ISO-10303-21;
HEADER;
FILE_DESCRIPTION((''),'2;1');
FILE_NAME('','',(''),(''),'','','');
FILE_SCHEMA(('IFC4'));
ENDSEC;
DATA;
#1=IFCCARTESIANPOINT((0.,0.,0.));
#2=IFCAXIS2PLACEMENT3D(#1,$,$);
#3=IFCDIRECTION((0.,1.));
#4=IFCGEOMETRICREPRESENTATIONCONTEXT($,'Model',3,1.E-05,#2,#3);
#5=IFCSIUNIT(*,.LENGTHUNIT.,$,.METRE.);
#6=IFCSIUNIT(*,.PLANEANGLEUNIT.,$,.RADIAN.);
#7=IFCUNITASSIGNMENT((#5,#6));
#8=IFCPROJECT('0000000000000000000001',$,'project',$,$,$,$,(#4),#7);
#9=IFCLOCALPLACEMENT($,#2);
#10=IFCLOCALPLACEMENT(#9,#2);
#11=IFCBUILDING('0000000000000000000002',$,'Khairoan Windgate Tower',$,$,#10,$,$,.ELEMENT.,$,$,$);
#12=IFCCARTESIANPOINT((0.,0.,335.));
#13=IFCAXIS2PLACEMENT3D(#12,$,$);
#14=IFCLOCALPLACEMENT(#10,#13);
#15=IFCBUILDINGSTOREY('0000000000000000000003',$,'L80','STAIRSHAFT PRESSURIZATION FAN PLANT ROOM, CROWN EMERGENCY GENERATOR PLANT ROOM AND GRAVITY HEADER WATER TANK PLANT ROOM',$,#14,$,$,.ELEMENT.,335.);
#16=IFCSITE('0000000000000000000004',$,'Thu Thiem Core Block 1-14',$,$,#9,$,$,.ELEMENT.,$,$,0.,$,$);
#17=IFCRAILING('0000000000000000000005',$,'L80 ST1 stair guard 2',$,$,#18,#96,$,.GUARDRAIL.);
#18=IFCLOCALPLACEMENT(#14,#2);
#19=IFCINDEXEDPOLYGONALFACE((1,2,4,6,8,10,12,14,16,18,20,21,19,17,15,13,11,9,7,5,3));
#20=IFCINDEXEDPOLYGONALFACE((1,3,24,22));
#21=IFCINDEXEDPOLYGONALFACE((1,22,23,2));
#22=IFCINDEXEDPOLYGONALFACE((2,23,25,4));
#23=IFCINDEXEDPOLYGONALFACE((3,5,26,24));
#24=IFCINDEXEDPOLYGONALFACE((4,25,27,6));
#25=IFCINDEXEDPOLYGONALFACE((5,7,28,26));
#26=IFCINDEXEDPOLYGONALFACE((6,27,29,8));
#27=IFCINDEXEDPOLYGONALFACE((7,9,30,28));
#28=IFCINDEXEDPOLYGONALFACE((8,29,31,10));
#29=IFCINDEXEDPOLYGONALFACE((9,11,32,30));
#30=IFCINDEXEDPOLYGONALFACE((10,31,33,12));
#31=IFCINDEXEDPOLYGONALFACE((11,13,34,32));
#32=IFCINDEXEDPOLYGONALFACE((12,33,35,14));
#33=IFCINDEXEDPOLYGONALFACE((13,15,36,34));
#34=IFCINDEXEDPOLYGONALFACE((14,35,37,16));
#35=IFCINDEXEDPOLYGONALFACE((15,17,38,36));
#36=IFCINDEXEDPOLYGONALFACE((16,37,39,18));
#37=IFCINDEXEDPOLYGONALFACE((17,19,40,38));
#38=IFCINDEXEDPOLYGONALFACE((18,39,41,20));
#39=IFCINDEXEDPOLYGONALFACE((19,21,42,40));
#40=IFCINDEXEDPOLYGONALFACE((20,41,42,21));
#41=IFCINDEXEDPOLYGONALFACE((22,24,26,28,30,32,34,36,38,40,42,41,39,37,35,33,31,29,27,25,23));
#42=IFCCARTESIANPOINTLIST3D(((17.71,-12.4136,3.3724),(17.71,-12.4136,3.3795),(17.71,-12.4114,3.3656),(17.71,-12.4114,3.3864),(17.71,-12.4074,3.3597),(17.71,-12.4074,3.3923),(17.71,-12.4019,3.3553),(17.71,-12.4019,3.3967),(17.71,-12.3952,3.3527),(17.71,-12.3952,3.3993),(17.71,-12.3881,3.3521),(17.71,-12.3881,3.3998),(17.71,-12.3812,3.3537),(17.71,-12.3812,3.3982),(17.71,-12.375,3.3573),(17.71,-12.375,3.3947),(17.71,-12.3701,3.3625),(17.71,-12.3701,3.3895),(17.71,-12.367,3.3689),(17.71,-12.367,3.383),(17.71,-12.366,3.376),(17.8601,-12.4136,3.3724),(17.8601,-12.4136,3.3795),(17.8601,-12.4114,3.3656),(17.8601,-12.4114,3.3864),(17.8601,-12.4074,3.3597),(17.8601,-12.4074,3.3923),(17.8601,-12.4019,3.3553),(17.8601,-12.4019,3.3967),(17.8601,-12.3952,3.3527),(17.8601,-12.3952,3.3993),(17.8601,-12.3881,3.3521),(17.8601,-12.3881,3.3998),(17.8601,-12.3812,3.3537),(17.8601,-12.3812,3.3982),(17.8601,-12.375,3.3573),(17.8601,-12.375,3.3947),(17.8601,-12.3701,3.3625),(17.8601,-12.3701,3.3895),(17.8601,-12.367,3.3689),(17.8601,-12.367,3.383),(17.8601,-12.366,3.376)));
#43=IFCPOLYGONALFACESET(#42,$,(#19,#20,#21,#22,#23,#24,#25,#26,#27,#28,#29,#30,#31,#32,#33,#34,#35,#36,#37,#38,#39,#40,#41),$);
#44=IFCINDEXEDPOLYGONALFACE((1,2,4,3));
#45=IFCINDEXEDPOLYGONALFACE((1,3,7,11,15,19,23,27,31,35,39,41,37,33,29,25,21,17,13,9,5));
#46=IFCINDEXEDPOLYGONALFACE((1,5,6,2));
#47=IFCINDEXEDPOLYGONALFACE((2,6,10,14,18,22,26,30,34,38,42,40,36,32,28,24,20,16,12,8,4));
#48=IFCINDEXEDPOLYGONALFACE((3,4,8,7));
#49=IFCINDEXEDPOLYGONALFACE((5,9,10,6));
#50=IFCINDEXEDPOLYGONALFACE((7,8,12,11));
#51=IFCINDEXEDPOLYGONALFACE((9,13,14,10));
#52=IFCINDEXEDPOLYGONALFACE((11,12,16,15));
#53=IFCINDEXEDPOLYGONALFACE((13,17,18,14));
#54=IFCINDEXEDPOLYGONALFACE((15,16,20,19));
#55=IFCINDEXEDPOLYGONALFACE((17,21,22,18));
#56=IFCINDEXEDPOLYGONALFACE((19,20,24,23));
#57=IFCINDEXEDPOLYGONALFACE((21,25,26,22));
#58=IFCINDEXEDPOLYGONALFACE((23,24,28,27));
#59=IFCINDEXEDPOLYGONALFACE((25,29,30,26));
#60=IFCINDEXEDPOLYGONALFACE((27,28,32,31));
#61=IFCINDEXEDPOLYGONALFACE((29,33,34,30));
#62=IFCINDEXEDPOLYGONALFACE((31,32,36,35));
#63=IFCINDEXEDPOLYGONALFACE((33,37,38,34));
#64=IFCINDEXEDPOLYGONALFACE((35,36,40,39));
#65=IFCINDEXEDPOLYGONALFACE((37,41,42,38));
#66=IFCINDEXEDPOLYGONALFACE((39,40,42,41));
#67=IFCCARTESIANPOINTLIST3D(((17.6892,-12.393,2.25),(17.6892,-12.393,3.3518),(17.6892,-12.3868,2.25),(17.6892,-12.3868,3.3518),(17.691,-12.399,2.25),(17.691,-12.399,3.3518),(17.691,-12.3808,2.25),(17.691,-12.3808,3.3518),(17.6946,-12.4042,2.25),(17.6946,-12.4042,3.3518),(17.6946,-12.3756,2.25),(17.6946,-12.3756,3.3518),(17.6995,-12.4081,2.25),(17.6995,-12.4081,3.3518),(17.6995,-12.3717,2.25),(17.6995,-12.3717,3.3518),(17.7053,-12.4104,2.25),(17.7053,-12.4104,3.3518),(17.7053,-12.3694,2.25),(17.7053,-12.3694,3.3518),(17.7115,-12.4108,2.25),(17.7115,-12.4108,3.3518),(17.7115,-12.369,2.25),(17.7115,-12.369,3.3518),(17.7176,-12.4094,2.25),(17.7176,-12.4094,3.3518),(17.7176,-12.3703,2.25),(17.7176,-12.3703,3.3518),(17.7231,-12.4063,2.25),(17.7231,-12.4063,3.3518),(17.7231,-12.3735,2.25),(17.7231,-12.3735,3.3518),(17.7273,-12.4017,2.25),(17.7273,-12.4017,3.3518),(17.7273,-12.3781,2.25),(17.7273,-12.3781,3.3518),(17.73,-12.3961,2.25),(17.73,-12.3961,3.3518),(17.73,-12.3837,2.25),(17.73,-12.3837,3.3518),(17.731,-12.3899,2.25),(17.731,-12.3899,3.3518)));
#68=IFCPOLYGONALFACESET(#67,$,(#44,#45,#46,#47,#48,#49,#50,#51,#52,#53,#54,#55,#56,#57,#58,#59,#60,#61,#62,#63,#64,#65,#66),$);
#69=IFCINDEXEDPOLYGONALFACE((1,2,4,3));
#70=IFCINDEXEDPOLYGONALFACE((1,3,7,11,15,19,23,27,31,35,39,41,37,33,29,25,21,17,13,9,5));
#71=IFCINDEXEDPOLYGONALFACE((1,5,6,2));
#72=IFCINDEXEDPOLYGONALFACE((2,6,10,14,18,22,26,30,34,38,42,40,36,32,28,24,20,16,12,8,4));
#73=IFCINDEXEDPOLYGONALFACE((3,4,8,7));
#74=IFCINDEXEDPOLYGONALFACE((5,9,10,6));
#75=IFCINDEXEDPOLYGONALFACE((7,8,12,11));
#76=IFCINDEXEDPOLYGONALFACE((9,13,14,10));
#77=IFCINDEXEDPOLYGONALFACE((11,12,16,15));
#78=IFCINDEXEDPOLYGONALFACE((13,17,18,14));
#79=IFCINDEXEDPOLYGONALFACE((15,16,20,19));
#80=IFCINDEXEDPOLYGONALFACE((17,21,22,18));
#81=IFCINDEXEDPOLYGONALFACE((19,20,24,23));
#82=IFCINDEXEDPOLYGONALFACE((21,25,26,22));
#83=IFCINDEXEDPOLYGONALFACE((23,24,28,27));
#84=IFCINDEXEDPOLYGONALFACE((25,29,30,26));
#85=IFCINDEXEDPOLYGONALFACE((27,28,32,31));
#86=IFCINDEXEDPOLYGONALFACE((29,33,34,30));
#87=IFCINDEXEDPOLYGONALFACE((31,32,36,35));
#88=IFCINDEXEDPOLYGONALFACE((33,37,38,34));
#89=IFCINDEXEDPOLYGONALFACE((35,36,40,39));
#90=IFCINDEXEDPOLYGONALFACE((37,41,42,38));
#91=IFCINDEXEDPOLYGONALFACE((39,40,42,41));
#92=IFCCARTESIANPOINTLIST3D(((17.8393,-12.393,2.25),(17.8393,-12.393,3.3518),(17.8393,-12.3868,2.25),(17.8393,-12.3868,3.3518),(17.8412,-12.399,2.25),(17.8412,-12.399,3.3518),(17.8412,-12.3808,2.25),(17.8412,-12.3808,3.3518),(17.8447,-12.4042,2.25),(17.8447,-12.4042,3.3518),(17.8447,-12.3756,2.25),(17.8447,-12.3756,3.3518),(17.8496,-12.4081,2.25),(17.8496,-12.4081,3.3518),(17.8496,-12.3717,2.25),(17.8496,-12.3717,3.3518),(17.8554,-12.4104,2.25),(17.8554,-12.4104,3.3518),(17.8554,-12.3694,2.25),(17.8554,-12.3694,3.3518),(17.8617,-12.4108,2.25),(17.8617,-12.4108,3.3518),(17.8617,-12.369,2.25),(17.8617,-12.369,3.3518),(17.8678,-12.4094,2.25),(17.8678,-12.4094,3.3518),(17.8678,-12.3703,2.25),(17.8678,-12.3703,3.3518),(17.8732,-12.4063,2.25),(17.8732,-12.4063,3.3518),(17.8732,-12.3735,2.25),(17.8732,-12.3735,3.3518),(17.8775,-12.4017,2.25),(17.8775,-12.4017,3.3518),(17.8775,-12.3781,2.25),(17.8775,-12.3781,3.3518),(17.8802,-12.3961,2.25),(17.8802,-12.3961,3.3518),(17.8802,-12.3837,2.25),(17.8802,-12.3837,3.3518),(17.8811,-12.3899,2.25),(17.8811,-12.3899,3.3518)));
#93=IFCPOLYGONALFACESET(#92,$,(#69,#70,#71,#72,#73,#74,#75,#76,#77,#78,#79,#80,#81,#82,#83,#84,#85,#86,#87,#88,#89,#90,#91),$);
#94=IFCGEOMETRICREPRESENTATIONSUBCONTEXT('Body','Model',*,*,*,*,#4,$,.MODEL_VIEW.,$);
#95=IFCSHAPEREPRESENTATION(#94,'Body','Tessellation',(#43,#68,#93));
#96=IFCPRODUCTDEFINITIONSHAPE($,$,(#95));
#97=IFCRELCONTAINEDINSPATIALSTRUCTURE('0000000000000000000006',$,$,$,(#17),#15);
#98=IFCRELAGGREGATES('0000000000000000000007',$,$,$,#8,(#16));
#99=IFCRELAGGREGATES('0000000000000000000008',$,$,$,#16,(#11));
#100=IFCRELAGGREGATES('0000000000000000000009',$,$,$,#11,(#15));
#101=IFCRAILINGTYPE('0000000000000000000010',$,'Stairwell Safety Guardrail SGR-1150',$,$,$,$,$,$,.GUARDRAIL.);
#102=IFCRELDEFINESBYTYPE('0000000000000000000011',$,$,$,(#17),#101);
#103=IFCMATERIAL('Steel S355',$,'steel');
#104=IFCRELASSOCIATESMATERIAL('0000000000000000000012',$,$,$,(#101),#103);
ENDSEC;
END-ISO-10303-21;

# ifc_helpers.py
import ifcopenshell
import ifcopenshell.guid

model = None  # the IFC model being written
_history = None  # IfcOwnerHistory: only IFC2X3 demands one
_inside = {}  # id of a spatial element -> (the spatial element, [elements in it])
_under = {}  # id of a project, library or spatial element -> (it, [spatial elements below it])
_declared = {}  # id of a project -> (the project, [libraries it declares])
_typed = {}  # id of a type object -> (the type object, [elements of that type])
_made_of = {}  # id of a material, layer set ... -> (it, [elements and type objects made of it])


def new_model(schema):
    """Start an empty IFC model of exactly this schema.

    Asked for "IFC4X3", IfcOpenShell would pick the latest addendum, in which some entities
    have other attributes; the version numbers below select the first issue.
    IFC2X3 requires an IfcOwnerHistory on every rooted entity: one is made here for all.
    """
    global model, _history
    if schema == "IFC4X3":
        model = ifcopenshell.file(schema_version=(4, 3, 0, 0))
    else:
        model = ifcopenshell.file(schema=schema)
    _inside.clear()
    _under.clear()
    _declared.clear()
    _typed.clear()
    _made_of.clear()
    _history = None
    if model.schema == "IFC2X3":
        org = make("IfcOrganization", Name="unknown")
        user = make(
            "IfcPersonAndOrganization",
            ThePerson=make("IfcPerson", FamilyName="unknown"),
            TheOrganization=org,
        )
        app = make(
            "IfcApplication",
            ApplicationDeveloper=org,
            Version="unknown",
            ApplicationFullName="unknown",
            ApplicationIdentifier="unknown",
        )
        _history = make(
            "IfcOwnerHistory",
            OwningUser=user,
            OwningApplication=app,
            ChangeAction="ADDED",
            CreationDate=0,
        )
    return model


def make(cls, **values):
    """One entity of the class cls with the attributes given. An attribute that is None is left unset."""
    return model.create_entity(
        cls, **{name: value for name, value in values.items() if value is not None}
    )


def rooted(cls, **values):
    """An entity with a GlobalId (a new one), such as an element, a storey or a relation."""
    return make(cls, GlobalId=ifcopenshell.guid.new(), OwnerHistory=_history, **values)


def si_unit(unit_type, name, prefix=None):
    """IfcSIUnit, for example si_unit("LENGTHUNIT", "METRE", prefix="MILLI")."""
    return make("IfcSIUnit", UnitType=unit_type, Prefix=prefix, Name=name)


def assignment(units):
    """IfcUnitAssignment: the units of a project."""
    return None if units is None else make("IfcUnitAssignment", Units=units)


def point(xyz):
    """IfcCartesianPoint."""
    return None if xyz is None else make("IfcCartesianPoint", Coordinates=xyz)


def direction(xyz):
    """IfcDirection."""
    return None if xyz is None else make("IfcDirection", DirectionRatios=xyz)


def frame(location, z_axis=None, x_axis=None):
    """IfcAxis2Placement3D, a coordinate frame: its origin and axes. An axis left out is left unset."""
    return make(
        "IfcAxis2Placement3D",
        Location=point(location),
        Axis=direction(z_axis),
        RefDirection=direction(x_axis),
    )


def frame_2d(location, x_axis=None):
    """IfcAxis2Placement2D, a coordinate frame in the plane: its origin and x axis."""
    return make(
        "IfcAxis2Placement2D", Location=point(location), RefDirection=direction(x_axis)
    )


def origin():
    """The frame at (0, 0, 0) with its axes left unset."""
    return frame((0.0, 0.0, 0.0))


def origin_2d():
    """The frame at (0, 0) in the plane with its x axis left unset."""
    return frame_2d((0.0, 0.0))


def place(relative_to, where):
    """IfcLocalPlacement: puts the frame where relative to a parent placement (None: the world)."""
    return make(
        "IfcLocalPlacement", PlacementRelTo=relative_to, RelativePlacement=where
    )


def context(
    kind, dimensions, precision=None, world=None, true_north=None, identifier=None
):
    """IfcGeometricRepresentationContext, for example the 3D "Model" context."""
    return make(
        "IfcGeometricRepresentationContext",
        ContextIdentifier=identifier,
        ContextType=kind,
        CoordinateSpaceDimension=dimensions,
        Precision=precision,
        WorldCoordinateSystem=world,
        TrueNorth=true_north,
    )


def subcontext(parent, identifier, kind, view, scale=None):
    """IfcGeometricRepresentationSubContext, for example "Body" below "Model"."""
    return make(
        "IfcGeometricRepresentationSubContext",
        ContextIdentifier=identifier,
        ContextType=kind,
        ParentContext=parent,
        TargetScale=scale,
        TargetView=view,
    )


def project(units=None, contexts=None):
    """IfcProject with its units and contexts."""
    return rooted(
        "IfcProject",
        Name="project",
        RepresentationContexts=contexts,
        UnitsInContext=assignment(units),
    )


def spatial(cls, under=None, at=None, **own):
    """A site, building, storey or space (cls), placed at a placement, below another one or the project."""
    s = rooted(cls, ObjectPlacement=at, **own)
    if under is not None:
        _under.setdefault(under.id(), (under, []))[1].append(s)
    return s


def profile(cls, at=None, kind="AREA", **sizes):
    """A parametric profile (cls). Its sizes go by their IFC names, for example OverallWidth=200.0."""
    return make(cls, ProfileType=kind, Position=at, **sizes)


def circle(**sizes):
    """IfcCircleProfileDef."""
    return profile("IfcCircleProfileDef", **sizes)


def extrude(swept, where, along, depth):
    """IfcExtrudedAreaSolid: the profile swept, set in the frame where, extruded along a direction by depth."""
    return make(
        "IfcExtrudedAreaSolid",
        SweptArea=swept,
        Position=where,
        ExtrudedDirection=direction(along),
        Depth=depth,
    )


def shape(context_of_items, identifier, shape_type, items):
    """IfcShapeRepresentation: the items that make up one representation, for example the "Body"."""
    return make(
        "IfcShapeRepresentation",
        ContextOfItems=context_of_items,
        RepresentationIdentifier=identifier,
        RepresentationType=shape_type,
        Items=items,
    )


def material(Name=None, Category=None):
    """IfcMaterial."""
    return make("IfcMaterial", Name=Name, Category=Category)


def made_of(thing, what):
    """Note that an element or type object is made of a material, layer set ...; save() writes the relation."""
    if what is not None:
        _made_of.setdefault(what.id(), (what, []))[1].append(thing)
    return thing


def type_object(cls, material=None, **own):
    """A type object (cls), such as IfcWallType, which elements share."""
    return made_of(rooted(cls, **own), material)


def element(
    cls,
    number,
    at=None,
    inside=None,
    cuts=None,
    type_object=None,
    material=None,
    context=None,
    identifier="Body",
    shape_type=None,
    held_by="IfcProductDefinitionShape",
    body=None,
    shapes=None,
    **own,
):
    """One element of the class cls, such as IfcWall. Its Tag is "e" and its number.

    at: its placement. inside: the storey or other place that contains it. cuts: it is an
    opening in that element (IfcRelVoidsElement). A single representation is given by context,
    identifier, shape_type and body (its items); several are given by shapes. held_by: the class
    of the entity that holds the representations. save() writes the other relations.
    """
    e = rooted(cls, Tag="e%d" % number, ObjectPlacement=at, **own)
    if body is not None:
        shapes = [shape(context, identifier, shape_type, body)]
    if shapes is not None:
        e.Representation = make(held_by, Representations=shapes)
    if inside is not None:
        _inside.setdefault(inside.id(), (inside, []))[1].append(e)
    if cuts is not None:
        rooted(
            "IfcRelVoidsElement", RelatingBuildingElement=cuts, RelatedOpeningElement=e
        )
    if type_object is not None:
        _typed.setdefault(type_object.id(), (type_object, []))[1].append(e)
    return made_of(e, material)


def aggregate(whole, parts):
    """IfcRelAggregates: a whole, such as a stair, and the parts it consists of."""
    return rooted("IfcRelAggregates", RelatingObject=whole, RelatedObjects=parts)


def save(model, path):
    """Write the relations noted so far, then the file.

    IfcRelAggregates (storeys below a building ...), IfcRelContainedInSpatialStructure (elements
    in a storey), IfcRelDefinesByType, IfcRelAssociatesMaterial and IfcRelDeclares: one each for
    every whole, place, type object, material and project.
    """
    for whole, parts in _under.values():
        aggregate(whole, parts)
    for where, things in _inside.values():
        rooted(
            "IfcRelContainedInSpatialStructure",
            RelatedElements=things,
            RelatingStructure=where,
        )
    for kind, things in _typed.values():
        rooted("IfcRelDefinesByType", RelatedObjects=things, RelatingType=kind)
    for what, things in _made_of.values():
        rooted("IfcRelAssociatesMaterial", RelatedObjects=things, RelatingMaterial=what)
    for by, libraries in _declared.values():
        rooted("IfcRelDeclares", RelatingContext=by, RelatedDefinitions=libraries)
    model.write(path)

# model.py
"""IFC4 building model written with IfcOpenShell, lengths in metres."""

from ifc_helpers import new_model, si_unit, direction, frame, origin, origin_2d, place, context, subcontext, project, spatial, circle, extrude, material, type_object, element, save


model = new_model("IFC4")

# Units and contexts
model_context = context("Model", 3, precision=1e-05, world=origin(), true_north=direction((0.0, 1.0)))
body_context = subcontext(model_context, "Body", "Model", "MODEL_VIEW")
ifc_project = project(units=[si_unit("LENGTHUNIT", "METRE"), si_unit("PLANEANGLEUNIT", "RADIAN")], contexts=[model_context])

# Site, building, storey
site_placement = place(None, origin())
site = spatial("IfcSite", under=ifc_project, at=site_placement, Name="Thu Thiem Core Block 1-14", CompositionType="ELEMENT", RefElevation=0.0)
building_placement = place(site_placement, origin())
building = spatial("IfcBuilding", under=site, at=building_placement, Name="Khairoan Windgate Tower", CompositionType="ELEMENT")
storey_placement = place(building_placement, frame((0.0, 0.0, 335.0)))
storey = spatial("IfcBuildingStorey", under=building, at=storey_placement, Name="L80", Description="STAIRSHAFT PRESSURIZATION FAN PLANT ROOM, CROWN EMERGENCY GENERATOR PLANT ROOM AND GRAVITY HEADER WATER TANK PLANT ROOM", CompositionType="ELEMENT", Elevation=335.0)

# Railing
ifc_material_1 = material(Name="Steel S355", Category="steel")
railing_type_1 = type_object("IfcRailingType", Name="Stairwell Safety Guardrail SGR-1150", PredefinedType="GUARDRAIL", material=ifc_material_1)
railing_1_placement = place(storey_placement, frame((17.71, -12.3899, 2.25)))
element("IfcRailing", 1, at=railing_1_placement, inside=storey, type_object=railing_type_1, Name="L80 ST1 stair guard 2", PredefinedType="GUARDRAIL", context=body_context, shape_type="SweptSolid", body=[
    extrude(circle(Radius=0.0239, at=origin_2d()), frame((0.0, 0.0, 1.126), z_axis=(1.0, 0.0, 0.0), x_axis=(0.0, 1.0, 0.0)), (0.0, 0.0, 1.0), 0.1501),
    extrude(circle(Radius=0.021, at=origin_2d()), origin(), (0.0, 0.0, 1.0), 1.1018),
    extrude(circle(Radius=0.021, at=origin_2d()), frame((0.1501, 0.0, 0.0)), (0.0, 0.0, 1.0), 1.1018),
])

save(model, "model.ifc")
